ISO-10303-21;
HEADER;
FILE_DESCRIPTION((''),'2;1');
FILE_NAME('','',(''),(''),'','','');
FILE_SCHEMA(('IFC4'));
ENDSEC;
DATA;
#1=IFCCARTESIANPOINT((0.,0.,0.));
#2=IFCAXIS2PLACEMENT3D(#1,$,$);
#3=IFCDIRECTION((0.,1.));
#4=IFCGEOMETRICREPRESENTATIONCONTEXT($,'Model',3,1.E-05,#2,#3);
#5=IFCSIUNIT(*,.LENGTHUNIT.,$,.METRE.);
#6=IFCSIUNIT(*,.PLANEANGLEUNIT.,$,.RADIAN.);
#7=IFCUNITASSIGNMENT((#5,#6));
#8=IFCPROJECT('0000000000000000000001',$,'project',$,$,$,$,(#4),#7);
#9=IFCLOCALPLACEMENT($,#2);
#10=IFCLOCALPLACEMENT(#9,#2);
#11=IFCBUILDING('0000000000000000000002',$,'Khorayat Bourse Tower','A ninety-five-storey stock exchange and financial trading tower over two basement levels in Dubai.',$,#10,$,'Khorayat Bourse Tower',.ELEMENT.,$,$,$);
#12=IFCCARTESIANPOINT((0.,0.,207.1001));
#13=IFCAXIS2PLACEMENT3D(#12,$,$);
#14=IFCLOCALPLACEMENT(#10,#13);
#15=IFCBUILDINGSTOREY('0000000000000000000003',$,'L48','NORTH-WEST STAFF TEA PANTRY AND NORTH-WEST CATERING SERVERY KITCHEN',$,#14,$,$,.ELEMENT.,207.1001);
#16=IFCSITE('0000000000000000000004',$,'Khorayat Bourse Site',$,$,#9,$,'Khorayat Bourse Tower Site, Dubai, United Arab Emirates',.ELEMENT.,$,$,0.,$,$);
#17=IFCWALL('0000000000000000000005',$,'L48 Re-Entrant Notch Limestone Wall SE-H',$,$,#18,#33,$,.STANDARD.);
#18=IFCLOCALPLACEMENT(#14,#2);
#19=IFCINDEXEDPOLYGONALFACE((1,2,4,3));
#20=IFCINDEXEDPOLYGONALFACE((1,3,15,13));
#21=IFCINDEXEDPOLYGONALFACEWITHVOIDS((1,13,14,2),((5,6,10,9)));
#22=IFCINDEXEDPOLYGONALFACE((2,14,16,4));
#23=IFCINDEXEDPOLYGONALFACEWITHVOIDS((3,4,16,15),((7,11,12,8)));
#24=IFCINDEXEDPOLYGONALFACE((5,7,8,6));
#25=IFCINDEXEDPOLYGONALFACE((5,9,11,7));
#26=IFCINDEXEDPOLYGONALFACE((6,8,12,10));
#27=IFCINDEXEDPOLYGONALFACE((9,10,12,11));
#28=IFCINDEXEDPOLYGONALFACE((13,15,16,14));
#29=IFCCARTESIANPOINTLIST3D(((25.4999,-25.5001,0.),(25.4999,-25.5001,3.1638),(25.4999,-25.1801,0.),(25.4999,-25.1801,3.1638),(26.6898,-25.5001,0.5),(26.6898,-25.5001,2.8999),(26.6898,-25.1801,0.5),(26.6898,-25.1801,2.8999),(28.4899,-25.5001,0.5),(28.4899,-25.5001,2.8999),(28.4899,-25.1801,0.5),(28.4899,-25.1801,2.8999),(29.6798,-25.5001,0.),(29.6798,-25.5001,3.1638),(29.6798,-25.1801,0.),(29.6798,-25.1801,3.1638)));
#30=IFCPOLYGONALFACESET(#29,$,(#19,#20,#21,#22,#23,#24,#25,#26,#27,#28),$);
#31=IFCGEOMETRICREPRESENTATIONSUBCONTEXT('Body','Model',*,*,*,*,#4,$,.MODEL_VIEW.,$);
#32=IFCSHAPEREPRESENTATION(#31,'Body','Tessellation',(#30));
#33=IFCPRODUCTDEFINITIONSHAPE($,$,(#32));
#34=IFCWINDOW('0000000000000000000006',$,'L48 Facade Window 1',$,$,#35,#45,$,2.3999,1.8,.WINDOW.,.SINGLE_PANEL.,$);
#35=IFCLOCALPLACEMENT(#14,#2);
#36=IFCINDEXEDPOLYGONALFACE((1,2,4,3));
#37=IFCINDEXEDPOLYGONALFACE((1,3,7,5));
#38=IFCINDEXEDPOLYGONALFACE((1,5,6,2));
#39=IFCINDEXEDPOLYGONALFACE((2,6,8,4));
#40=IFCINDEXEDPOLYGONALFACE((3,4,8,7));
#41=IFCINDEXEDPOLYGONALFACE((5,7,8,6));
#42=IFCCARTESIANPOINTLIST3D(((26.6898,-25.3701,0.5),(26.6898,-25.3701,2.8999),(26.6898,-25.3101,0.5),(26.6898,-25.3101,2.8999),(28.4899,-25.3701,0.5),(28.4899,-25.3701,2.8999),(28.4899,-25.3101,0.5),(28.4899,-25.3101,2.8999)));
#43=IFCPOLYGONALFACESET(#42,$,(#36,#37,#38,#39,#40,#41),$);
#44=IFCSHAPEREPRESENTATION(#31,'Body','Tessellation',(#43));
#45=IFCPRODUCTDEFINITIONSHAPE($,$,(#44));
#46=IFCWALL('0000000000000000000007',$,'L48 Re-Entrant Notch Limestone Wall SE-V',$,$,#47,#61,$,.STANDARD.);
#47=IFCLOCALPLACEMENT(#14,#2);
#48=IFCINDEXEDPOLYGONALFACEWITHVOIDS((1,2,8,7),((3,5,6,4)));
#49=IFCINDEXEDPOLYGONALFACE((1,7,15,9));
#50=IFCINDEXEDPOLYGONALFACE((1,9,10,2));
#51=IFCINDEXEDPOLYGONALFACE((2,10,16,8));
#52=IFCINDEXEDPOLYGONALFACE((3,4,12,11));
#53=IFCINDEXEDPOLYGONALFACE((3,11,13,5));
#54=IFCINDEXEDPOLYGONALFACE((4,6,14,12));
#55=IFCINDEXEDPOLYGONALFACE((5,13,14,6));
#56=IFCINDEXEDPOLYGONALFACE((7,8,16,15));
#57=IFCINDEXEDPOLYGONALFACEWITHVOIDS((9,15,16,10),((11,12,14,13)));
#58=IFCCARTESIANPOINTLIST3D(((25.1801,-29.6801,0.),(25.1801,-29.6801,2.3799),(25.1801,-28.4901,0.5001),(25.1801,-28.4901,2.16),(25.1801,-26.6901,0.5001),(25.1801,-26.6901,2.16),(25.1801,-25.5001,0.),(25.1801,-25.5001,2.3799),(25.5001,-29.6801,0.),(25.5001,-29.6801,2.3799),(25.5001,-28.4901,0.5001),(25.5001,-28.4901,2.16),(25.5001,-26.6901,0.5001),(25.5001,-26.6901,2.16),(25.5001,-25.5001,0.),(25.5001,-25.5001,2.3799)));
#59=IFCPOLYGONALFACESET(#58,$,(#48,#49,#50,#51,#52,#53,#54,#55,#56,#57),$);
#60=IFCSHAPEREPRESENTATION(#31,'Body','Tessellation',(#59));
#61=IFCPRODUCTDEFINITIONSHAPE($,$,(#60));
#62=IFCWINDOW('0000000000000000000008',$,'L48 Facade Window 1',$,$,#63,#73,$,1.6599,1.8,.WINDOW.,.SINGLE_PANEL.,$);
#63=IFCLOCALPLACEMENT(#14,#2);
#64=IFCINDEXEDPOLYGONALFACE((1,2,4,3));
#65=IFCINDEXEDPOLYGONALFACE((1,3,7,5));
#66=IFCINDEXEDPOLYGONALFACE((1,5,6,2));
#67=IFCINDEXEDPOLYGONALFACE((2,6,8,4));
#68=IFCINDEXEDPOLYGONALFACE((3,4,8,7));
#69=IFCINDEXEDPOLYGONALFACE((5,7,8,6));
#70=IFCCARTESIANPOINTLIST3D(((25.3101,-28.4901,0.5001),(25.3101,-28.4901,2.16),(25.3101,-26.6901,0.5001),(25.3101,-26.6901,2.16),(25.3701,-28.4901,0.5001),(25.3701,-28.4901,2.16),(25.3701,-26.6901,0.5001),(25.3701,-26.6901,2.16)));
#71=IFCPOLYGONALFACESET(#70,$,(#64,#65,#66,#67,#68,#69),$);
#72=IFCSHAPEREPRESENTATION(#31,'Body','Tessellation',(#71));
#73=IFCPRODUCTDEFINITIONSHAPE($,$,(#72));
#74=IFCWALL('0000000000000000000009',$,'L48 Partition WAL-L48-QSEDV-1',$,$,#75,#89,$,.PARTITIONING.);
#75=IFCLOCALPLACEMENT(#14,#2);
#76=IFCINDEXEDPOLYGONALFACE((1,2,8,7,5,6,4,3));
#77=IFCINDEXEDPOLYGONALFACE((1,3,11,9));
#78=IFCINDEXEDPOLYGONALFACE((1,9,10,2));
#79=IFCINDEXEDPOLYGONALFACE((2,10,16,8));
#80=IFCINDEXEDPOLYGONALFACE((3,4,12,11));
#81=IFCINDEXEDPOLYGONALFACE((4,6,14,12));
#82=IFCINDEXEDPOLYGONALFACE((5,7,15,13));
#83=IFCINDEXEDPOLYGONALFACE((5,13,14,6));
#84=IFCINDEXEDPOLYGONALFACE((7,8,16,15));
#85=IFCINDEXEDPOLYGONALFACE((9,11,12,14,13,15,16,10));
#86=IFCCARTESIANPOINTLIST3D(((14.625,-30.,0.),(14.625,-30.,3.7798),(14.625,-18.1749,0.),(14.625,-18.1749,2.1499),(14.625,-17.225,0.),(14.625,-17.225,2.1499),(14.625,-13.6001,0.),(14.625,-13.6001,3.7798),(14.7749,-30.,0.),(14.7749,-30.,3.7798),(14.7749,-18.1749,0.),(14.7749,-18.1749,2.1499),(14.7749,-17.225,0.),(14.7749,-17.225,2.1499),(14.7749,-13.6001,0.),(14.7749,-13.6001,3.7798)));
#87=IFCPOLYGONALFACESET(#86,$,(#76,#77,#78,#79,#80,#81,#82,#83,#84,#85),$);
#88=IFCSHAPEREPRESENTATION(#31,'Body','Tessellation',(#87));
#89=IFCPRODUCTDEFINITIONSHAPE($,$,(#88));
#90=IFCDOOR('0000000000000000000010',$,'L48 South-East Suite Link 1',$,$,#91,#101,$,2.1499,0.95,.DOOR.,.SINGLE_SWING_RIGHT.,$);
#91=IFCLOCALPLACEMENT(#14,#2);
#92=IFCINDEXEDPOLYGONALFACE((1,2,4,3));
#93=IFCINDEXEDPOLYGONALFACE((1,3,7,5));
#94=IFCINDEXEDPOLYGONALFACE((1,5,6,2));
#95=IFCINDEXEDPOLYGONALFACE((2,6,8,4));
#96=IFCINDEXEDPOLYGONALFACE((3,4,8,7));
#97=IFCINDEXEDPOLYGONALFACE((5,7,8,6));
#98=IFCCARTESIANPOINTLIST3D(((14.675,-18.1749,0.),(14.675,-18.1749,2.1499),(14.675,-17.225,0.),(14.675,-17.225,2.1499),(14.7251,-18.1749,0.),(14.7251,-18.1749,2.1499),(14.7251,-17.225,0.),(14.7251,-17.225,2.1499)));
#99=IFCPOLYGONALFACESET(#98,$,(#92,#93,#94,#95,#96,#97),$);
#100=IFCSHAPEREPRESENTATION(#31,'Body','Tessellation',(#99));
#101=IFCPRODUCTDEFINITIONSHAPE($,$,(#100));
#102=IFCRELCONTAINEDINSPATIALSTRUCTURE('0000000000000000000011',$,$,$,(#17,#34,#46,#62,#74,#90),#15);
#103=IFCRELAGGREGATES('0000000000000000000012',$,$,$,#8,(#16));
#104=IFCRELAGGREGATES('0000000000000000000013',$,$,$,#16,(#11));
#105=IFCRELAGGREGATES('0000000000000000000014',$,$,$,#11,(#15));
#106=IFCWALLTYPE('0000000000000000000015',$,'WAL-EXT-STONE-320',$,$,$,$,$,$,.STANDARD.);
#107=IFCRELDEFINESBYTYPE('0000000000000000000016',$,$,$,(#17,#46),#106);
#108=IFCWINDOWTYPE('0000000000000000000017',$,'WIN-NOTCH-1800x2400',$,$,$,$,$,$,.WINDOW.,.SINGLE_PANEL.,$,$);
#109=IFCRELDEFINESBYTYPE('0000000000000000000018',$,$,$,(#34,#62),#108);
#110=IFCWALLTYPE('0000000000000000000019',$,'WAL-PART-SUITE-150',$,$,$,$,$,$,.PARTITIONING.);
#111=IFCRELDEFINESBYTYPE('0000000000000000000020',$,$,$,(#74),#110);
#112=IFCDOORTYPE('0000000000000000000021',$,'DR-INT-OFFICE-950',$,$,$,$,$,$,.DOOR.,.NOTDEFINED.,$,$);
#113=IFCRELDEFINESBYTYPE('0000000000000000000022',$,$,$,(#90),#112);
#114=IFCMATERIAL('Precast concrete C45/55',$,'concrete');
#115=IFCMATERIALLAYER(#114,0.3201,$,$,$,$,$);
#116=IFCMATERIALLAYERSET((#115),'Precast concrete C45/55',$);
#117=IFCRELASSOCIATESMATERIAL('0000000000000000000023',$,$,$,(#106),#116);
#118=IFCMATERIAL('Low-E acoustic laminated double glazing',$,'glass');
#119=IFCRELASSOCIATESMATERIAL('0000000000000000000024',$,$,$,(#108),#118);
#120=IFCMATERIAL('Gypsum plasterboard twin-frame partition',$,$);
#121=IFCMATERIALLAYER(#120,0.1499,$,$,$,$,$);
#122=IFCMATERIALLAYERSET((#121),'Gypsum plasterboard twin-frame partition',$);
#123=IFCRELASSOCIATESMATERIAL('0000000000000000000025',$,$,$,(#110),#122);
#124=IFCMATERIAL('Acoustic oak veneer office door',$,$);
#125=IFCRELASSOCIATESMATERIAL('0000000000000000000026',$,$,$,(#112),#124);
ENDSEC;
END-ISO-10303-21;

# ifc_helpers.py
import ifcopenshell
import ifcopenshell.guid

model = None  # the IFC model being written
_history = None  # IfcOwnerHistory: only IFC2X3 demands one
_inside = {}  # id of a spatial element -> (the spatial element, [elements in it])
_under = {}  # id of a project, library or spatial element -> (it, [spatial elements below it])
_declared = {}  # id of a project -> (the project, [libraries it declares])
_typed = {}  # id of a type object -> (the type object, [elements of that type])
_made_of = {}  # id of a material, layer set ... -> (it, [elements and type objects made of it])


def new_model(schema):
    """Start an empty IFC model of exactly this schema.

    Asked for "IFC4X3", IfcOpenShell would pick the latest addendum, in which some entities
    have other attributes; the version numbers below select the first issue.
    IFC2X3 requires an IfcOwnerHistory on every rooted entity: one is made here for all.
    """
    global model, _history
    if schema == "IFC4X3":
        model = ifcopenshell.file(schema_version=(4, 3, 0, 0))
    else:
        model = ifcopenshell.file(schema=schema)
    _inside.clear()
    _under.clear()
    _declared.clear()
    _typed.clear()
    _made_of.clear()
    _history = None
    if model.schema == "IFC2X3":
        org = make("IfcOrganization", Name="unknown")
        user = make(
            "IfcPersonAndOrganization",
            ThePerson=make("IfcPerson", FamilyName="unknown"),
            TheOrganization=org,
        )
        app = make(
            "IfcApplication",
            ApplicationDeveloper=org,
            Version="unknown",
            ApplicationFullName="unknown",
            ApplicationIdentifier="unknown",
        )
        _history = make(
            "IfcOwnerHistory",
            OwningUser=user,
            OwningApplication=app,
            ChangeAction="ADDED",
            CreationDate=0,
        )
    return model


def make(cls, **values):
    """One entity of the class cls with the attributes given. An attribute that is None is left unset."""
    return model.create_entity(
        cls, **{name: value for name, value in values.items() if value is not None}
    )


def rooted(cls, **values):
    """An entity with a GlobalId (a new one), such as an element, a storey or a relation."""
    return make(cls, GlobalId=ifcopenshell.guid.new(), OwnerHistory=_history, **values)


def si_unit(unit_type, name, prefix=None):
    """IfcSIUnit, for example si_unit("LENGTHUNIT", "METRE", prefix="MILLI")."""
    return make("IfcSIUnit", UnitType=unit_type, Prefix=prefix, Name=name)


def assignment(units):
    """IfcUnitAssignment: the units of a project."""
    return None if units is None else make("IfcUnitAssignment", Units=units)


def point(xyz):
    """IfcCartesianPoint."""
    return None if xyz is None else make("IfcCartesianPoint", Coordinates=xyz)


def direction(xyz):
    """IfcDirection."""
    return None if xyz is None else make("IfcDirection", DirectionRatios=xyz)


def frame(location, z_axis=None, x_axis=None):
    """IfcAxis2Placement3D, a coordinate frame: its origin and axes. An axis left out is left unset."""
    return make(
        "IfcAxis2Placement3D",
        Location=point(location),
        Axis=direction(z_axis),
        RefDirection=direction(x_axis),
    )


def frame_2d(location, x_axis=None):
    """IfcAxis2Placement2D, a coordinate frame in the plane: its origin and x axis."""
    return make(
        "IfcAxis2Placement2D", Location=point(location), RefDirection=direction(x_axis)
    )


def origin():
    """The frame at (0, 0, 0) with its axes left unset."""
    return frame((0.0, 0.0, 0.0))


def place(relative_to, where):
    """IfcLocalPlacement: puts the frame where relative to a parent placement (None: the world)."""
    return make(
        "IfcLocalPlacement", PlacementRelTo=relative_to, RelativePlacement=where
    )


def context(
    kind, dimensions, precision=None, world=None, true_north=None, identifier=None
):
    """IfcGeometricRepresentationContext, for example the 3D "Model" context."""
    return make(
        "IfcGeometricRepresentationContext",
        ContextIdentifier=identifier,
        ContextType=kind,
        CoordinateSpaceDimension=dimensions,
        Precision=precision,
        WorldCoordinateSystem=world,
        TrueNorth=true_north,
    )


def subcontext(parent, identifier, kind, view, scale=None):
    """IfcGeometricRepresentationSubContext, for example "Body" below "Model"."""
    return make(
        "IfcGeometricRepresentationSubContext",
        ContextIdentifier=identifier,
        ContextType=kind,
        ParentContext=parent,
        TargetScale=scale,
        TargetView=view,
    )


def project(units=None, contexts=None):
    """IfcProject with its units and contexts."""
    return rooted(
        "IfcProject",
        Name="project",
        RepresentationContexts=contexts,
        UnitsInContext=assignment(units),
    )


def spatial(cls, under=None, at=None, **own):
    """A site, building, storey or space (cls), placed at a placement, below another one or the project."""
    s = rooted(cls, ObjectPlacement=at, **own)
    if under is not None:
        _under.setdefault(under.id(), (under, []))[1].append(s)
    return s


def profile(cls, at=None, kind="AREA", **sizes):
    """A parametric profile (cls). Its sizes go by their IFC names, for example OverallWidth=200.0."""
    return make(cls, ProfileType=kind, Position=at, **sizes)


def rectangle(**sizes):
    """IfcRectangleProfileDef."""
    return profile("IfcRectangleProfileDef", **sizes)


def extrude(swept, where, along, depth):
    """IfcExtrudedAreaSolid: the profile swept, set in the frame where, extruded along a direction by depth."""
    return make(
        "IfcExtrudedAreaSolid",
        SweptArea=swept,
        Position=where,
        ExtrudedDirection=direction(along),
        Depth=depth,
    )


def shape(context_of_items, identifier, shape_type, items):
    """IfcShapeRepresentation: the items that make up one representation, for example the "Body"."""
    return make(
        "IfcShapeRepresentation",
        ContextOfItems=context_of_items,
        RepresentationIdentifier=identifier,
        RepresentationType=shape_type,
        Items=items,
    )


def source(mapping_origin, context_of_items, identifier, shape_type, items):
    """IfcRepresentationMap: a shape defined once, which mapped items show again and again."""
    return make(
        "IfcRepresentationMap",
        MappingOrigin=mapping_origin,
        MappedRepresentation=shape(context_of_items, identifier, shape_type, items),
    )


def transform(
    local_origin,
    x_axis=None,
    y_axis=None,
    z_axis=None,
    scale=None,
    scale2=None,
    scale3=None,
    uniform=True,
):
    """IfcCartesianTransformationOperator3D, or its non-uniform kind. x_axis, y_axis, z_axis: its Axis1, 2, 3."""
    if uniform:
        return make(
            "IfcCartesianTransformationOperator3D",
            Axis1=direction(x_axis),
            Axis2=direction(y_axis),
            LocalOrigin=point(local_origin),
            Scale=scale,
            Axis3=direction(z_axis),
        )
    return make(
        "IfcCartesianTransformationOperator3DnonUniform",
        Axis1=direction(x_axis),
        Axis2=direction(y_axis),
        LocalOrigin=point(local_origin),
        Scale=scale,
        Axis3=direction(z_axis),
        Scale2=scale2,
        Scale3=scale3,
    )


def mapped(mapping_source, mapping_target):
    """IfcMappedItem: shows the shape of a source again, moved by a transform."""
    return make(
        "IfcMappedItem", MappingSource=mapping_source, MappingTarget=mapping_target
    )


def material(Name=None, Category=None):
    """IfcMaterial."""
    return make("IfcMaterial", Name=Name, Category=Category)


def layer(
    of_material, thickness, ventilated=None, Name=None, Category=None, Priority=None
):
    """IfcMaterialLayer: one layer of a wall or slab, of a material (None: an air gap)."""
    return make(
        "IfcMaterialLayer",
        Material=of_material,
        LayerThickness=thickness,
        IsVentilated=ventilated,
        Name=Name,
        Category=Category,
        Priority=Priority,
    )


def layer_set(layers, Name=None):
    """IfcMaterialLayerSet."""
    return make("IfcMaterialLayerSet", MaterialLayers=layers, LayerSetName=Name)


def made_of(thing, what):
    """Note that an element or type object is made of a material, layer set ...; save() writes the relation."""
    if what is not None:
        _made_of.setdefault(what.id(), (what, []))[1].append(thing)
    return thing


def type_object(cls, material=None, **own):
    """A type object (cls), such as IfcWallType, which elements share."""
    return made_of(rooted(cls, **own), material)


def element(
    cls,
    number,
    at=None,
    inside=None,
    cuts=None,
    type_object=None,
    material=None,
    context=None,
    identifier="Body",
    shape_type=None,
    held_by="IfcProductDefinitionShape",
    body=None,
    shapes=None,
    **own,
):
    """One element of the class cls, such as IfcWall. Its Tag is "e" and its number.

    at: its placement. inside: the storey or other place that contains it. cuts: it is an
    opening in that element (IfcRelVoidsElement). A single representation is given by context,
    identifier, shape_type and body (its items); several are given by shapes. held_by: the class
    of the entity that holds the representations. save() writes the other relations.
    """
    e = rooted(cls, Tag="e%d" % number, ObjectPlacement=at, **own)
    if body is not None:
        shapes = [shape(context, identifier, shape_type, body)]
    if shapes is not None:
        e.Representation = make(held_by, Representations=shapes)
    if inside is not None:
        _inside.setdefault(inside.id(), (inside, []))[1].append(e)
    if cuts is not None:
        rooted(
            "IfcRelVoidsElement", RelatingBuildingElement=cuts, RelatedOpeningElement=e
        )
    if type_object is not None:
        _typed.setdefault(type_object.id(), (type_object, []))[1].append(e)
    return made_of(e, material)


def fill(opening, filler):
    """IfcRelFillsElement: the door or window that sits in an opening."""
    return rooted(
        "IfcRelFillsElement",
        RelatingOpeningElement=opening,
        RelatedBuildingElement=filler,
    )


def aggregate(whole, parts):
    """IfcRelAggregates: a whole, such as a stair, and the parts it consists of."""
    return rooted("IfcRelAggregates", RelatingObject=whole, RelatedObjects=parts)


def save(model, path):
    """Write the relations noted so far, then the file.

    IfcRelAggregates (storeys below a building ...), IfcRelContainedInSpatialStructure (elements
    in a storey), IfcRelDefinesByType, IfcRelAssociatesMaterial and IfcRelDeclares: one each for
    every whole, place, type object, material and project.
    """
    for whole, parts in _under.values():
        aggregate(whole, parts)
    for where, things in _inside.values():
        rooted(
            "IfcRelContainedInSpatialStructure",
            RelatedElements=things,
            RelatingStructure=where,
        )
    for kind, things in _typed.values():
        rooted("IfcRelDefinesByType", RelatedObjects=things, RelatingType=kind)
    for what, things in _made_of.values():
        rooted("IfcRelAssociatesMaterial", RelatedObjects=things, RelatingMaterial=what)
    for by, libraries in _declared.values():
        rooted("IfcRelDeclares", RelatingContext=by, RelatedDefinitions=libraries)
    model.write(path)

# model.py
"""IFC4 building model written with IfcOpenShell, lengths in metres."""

from ifc_helpers import new_model, si_unit, direction, frame, frame_2d, origin, place, context, subcontext, project, spatial, rectangle, extrude, source, transform, mapped, material, layer, layer_set, type_object, element, fill, save


model = new_model("IFC4")

# Units and contexts
model_context = context("Model", 3, precision=1e-05, world=origin(), true_north=direction((0.0, 1.0)))
body_context = subcontext(model_context, "Body", "Model", "MODEL_VIEW")
ifc_project = project(units=[si_unit("LENGTHUNIT", "METRE"), si_unit("PLANEANGLEUNIT", "RADIAN")], contexts=[model_context])

# Site, building, storey
site_placement = place(None, origin())
site = spatial("IfcSite", under=ifc_project, at=site_placement, Name="Khorayat Bourse Site", LongName="Khorayat Bourse Tower Site, Dubai, United Arab Emirates", CompositionType="ELEMENT", RefElevation=0.0)
building_placement = place(site_placement, origin())
building = spatial("IfcBuilding", under=site, at=building_placement, Name="Khorayat Bourse Tower", Description="A ninety-five-storey stock exchange and financial trading tower over two basement levels in Dubai.", LongName="Khorayat Bourse Tower", CompositionType="ELEMENT")
storey_placement = place(building_placement, frame((0.0, 0.0, 207.1001)))
storey = spatial("IfcBuildingStorey", under=building, at=storey_placement, Name="L48", Description="NORTH-WEST STAFF TEA PANTRY AND NORTH-WEST CATERING SERVERY KITCHEN", CompositionType="ELEMENT", Elevation=207.1001)

# Walls, openings, windows
ifc_material_1 = material(Name="Precast concrete C45/55", Category="concrete")
ifc_layer_1 = layer(ifc_material_1, 0.3201)
ifc_layer_set_1 = layer_set([ifc_layer_1], Name="Precast concrete C45/55")
wall_type_1 = type_object("IfcWallType", Name="WAL-EXT-STONE-320", PredefinedType="STANDARD", material=ifc_layer_set_1)
shared_shape_1 = source(origin(), body_context, "Body", "SweptSolid", [
    extrude(rectangle(XDim=4.1799, YDim=0.3201, at=frame_2d((2.0898, 0.0))), origin(), (0.0, 0.0, 1.0), 3.1638),
])
wall_1_placement = place(storey_placement, frame((25.5, -25.3401, 0.0), z_axis=(0.0, 0.0, 1.0), x_axis=(1.0, 0.0, 0.0)))
wall_1 = element("IfcWall", 1, at=wall_1_placement, inside=storey, type_object=wall_type_1, Name="L48 Re-Entrant Notch Limestone Wall SE-H", PredefinedType="STANDARD", context=body_context, shape_type="MappedRepresentation", body=[
    mapped(shared_shape_1, transform((0.0, 0.0, 0.0), scale=1.0)),
])
shared_shape_2 = source(origin(), body_context, "Body", "SweptSolid", [
    extrude(rectangle(XDim=1.8, YDim=2.3999, at=frame_2d((0.8999, 1.2))), frame((0.0, 0.1699, 0.0), z_axis=(0.0, -1.0, 0.0), x_axis=(1.0, 0.0, 0.0)), (0.0, 0.0, 1.0), 0.3401),
])
opening_1_placement = place(wall_1_placement, frame((1.1899, 0.0, 0.5)))
opening_1 = element("IfcOpeningElement", 2, at=opening_1_placement, cuts=wall_1, PredefinedType="OPENING", context=body_context, shape_type="MappedRepresentation", body=[
    mapped(shared_shape_2, transform((0.0, 0.0, 0.0), scale=1.0)),
])
ifc_material_2 = material(Name="Low-E acoustic laminated double glazing", Category="glass")
window_type = type_object("IfcWindowType", Name="WIN-NOTCH-1800x2400", PartitioningType="SINGLE_PANEL", PredefinedType="WINDOW", material=ifc_material_2)
shared_shape_3 = source(origin(), body_context, "Body", "SweptSolid", [
    extrude(rectangle(XDim=1.8, YDim=2.3999, at=frame_2d((0.8999, 1.2))), frame((0.0, 0.03, 0.0), z_axis=(0.0, -1.0, 0.0), x_axis=(1.0, 0.0, 0.0)), (0.0, 0.0, 1.0), 0.0601),
])
window_1_placement = place(opening_1_placement, origin())
window_1 = element("IfcWindow", 3, at=window_1_placement, inside=storey, type_object=window_type, Name="L48 Facade Window 1", OverallHeight=2.3999, OverallWidth=1.8, PartitioningType="SINGLE_PANEL", PredefinedType="WINDOW", context=body_context, shape_type="MappedRepresentation", body=[
    mapped(shared_shape_3, transform((0.0, 0.0, 0.0), scale=1.0)),
])
fill(opening_1, window_1)
shared_shape_4 = source(origin(), body_context, "Body", "SweptSolid", [
    extrude(rectangle(XDim=4.1799, YDim=0.3201, at=frame_2d((2.0898, 0.0))), origin(), (0.0, 0.0, 1.0), 2.3799),
])
wall_2_placement = place(storey_placement, frame((25.3401, -29.6799, 0.0), z_axis=(0.0, 0.0, 1.0), x_axis=(0.0, 1.0, 0.0)))
wall_2 = element("IfcWall", 4, at=wall_2_placement, inside=storey, type_object=wall_type_1, Name="L48 Re-Entrant Notch Limestone Wall SE-V", PredefinedType="STANDARD", context=body_context, shape_type="MappedRepresentation", body=[
    mapped(shared_shape_4, transform((0.0, 0.0, 0.0), scale=1.0)),
])
shared_shape_5 = source(origin(), body_context, "Body", "SweptSolid", [
    extrude(rectangle(XDim=1.8, YDim=1.6599, at=frame_2d((0.8999, 0.8301))), frame((0.0, 0.1699, 0.0), z_axis=(0.0, -1.0, 0.0), x_axis=(1.0, 0.0, 0.0)), (0.0, 0.0, 1.0), 0.3401),
])
opening_2_placement = place(wall_2_placement, frame((1.1899, 0.0, 0.5)))
opening_2 = element("IfcOpeningElement", 5, at=opening_2_placement, cuts=wall_2, PredefinedType="OPENING", context=body_context, shape_type="MappedRepresentation", body=[
    mapped(shared_shape_5, transform((0.0, 0.0, 0.0), scale=1.0)),
])
shared_shape_6 = source(origin(), body_context, "Body", "SweptSolid", [
    extrude(rectangle(XDim=1.8, YDim=1.6599, at=frame_2d((0.8999, 0.8301))), frame((0.0, 0.03, 0.0), z_axis=(0.0, -1.0, 0.0), x_axis=(1.0, 0.0, 0.0)), (0.0, 0.0, 1.0), 0.0601),
])
window_2_placement = place(opening_2_placement, origin())
window_2 = element("IfcWindow", 6, at=window_2_placement, inside=storey, type_object=window_type, Name="L48 Facade Window 1", OverallHeight=1.6599, OverallWidth=1.8, PartitioningType="SINGLE_PANEL", PredefinedType="WINDOW", context=body_context, shape_type="MappedRepresentation", body=[
    mapped(shared_shape_6, transform((0.0, 0.0, 0.0), scale=1.0)),
])
fill(opening_2, window_2)

# Wall, opening, door
ifc_material_3 = material(Name="Gypsum plasterboard twin-frame partition")
ifc_layer_2 = layer(ifc_material_3, 0.1499)
ifc_layer_set_2 = layer_set([ifc_layer_2], Name="Gypsum plasterboard twin-frame partition")
wall_type_2 = type_object("IfcWallType", Name="WAL-PART-SUITE-150", PredefinedType="PARTITIONING", material=ifc_layer_set_2)
shared_shape_7 = source(origin(), body_context, "Body", "SweptSolid", [
    extrude(rectangle(XDim=16.3999, YDim=0.1499, at=frame_2d((8.2, 0.0))), origin(), (0.0, 0.0, 1.0), 3.7798),
])
wall_3_placement = place(storey_placement, frame((14.7, -30.0, 0.0), z_axis=(0.0, 0.0, 1.0), x_axis=(0.0, 1.0, 0.0)))
wall_3 = element("IfcWall", 7, at=wall_3_placement, inside=storey, type_object=wall_type_2, Name="L48 Partition WAL-L48-QSEDV-1", PredefinedType="PARTITIONING", context=body_context, shape_type="MappedRepresentation", body=[
    mapped(shared_shape_7, transform((0.0, 0.0, 0.0), scale=1.0)),
])
shared_shape_8 = source(origin(), body_context, "Body", "SweptSolid", [
    extrude(rectangle(XDim=0.95, YDim=2.1499, at=frame_2d((0.4751, 1.075))), frame((0.0, 0.085, 0.0), z_axis=(0.0, -1.0, 0.0), x_axis=(1.0, 0.0, 0.0)), (0.0, 0.0, 1.0), 0.1699),
])
opening_3_placement = place(wall_3_placement, frame((11.825, 0.0, 0.0)))
opening_3 = element("IfcOpeningElement", 8, at=opening_3_placement, cuts=wall_3, PredefinedType="OPENING", context=body_context, shape_type="MappedRepresentation", body=[
    mapped(shared_shape_8, transform((0.0, 0.0, 0.0), scale=1.0)),
])
ifc_material_4 = material(Name="Acoustic oak veneer office door")
door_type = type_object("IfcDoorType", Name="DR-INT-OFFICE-950", OperationType="NOTDEFINED", PredefinedType="DOOR", material=ifc_material_4)
shared_shape_9 = source(origin(), body_context, "Body", "SweptSolid", [
    extrude(rectangle(XDim=0.95, YDim=2.1499, at=frame_2d((0.4751, 1.075))), frame((0.0, 0.0249, 0.0), z_axis=(0.0, -1.0, 0.0), x_axis=(1.0, 0.0, 0.0)), (0.0, 0.0, 1.0), 0.05),
])
door_placement = place(opening_3_placement, origin())
door = element("IfcDoor", 9, at=door_placement, inside=storey, type_object=door_type, Name="L48 South-East Suite Link 1", OperationType="SINGLE_SWING_RIGHT", OverallHeight=2.1499, OverallWidth=0.95, PredefinedType="DOOR", context=body_context, shape_type="MappedRepresentation", body=[
    mapped(shared_shape_9, transform((0.0, 0.0, 0.0), scale=1.0)),
])
fill(opening_3, door)

save(model, "model.ifc")
